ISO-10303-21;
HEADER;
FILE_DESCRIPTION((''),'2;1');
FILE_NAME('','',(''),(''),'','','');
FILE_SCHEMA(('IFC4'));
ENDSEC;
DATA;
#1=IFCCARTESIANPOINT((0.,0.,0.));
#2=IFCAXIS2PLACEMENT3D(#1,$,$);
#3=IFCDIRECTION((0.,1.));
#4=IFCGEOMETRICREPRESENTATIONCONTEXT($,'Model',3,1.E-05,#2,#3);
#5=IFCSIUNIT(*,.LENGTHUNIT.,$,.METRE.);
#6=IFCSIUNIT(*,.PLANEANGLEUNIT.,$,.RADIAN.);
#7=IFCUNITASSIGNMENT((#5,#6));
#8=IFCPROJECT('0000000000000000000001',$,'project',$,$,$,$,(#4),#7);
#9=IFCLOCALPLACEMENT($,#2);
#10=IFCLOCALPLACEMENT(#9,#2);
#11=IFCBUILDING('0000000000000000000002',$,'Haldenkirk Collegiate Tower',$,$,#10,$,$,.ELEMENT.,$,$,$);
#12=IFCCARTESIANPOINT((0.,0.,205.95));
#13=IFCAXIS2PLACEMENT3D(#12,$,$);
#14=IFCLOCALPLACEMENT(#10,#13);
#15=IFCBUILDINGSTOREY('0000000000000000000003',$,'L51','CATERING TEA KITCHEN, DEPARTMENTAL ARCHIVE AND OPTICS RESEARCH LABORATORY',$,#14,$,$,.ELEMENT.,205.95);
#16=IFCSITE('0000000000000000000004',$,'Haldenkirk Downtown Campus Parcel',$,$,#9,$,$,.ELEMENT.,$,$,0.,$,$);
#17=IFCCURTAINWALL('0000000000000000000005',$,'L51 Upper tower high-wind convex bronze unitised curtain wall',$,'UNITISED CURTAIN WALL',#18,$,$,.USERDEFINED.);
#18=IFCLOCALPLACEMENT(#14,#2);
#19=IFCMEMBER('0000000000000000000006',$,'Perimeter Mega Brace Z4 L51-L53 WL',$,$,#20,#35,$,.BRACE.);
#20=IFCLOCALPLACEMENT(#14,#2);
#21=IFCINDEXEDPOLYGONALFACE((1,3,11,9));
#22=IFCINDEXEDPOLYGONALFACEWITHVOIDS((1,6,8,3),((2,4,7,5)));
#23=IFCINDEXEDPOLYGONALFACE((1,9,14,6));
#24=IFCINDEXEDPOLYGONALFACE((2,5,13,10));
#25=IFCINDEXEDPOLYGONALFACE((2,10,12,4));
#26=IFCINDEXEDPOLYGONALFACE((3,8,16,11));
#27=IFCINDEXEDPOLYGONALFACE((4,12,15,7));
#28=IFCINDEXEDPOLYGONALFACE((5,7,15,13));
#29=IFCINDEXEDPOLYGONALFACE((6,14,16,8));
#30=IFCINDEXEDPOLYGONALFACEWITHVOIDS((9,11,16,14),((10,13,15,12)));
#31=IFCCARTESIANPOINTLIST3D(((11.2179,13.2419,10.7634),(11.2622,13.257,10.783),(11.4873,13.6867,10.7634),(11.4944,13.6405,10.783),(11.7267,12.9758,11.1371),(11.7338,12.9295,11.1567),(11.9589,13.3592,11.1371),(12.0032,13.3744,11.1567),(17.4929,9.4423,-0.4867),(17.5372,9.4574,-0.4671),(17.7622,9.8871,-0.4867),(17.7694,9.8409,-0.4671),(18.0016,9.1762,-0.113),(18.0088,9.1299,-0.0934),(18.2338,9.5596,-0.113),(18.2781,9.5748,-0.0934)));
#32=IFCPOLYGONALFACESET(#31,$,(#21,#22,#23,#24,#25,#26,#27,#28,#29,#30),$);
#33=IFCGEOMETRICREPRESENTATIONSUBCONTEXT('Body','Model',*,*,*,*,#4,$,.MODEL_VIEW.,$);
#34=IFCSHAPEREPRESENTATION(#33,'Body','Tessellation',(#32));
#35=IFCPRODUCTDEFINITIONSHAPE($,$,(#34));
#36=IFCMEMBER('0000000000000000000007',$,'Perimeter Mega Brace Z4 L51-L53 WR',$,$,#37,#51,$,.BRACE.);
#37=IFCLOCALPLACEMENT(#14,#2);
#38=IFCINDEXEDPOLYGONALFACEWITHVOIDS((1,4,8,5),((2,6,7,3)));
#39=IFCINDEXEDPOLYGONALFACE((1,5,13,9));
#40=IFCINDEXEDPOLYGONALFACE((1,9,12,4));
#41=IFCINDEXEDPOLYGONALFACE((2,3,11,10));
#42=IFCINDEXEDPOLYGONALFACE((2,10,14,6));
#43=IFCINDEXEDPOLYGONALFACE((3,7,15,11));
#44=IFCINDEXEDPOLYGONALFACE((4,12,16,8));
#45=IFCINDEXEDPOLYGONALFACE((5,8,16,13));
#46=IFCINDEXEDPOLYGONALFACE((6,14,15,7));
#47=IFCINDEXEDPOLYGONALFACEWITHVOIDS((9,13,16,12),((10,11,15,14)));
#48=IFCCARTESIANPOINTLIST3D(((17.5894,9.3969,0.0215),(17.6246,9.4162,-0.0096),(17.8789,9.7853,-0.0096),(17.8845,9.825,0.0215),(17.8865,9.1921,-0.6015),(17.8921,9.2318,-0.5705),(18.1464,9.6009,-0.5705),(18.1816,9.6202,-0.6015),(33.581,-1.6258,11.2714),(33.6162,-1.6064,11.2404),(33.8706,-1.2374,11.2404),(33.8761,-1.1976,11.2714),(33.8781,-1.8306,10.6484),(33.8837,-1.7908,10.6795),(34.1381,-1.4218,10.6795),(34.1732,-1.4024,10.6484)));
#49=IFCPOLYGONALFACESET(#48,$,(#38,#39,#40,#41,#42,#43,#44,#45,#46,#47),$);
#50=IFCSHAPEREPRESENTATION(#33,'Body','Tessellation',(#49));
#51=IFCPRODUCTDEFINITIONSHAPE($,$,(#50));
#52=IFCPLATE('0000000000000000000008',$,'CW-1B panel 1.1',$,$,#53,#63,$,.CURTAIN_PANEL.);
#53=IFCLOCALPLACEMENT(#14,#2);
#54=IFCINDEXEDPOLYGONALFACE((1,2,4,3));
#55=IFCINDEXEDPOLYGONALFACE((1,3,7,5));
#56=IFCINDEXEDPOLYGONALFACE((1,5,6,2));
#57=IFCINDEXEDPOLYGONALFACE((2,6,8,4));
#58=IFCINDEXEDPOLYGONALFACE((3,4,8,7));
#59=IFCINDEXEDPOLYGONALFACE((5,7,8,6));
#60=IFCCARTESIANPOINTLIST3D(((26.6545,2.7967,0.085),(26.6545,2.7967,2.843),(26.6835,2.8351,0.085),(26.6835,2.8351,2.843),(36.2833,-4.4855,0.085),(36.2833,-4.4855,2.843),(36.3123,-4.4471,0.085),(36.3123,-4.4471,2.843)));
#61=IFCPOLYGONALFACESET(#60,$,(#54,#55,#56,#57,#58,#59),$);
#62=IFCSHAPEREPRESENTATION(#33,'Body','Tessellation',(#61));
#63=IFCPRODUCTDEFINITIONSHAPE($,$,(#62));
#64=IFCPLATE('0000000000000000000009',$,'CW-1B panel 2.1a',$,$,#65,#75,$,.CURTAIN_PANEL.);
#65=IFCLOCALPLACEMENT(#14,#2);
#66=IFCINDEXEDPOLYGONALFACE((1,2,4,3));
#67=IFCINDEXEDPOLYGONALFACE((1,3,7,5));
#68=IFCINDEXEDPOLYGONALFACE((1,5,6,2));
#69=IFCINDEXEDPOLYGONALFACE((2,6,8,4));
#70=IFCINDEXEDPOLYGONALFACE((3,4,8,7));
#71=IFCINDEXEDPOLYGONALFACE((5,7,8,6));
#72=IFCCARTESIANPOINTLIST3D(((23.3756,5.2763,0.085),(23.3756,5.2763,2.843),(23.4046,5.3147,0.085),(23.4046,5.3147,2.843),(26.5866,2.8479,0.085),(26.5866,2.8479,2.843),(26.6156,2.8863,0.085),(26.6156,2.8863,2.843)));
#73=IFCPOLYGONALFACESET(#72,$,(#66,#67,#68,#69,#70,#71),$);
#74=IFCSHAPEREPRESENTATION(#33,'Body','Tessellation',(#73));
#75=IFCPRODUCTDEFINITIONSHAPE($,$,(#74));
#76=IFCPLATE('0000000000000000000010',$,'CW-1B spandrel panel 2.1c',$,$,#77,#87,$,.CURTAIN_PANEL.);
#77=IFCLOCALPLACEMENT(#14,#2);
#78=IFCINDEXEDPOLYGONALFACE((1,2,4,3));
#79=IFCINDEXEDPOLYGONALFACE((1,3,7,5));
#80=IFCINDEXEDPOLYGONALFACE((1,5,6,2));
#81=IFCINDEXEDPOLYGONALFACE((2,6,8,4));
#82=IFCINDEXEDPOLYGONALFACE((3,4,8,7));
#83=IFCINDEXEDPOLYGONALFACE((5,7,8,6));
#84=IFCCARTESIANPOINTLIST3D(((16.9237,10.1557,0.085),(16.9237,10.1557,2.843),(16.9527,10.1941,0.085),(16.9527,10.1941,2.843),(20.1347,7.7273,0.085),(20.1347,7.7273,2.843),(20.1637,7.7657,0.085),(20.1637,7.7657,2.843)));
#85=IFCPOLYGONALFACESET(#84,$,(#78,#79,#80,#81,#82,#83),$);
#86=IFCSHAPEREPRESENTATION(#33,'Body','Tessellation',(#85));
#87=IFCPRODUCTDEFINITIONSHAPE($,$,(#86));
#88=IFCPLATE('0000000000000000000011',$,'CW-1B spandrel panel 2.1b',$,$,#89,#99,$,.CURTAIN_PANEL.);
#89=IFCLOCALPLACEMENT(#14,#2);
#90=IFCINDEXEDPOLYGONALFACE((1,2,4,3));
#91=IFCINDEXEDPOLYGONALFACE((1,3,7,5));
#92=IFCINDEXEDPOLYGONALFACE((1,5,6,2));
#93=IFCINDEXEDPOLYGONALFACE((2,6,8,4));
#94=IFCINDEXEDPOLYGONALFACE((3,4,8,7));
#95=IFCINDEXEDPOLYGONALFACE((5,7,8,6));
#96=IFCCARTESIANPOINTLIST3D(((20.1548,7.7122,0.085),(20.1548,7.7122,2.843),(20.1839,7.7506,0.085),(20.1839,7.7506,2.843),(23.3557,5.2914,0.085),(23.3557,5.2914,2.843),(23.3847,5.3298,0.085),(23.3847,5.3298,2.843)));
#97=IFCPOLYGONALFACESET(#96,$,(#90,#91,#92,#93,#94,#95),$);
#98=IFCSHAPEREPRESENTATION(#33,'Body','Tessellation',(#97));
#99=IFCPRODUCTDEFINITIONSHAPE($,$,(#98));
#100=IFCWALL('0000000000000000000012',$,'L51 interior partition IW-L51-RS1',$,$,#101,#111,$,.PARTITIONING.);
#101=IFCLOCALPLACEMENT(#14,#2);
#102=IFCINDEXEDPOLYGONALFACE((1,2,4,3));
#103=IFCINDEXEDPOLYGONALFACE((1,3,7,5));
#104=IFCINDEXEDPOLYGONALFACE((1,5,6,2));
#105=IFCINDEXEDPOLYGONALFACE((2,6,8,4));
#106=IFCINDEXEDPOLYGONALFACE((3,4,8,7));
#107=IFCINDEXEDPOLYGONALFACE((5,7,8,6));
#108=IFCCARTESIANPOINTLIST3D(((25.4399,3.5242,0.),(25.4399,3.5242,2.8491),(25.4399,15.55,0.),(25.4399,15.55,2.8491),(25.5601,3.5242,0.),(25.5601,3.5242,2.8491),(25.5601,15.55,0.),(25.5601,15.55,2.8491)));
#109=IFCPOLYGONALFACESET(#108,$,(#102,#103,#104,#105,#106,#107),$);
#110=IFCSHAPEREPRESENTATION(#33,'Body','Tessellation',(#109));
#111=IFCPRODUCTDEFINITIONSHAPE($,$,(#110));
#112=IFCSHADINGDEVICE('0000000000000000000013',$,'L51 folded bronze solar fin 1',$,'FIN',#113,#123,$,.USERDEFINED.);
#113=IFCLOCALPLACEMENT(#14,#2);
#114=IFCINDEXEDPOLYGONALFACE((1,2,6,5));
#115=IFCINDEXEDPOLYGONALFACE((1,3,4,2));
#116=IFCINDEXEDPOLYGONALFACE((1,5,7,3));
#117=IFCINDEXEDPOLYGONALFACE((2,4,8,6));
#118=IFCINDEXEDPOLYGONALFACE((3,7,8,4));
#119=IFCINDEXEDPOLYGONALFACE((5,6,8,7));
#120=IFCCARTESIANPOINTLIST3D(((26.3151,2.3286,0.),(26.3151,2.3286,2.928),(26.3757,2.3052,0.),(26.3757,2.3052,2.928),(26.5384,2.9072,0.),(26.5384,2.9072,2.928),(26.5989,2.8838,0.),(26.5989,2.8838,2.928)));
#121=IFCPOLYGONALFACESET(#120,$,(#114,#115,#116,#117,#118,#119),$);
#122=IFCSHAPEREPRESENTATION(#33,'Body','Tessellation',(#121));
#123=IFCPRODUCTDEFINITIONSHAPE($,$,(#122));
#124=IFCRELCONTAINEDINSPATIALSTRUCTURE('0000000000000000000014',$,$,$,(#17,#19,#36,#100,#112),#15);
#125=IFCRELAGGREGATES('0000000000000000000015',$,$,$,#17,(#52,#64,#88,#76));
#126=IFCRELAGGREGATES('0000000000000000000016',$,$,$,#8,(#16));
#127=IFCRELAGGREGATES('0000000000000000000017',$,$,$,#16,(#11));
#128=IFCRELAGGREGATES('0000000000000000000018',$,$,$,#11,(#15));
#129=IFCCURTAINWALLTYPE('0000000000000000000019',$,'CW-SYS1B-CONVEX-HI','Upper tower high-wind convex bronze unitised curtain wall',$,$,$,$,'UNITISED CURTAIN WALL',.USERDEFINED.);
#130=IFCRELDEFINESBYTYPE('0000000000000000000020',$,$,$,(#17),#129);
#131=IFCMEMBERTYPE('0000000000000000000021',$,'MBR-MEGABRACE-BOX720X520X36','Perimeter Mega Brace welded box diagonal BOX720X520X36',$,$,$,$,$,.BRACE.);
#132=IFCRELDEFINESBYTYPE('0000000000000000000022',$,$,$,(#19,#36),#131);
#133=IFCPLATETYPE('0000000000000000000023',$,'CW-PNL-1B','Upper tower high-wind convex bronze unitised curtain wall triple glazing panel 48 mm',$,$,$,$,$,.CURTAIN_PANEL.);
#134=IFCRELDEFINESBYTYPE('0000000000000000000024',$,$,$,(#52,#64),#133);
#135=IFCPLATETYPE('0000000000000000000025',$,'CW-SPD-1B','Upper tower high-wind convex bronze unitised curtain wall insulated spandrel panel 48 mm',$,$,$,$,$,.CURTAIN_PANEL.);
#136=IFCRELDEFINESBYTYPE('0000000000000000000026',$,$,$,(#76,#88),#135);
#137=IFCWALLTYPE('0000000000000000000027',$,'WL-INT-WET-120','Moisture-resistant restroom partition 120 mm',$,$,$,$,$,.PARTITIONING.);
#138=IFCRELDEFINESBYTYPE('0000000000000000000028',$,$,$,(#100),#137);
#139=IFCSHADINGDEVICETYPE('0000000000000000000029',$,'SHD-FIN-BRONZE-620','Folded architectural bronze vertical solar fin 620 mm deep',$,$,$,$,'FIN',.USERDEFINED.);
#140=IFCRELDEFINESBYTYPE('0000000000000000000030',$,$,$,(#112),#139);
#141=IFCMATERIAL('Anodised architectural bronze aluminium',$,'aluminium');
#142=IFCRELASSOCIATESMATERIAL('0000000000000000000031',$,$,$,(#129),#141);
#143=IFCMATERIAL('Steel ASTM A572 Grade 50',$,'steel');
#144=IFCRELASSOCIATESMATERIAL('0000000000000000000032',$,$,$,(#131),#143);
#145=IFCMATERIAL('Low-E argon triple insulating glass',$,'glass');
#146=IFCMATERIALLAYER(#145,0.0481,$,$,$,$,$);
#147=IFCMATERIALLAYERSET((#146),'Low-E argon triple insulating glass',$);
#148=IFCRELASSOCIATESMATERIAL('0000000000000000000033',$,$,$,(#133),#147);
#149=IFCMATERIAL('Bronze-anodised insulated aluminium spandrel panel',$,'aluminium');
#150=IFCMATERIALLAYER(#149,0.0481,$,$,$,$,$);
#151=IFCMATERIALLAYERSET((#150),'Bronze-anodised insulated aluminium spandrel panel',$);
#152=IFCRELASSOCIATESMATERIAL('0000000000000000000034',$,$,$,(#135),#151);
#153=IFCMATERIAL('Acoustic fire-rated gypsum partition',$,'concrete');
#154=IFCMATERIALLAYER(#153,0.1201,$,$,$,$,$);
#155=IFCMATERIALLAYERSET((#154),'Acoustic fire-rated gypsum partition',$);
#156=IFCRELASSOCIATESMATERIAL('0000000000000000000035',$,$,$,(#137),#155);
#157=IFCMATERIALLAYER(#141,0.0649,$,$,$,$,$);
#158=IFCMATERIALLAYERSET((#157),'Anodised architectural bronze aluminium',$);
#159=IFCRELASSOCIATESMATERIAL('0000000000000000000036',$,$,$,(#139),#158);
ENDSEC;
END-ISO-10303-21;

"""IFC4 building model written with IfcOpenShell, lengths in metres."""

from ifc_helpers import new_model, si_unit, direction, frame, frame_2d, origin, origin_2d, place, context, subcontext, project, spatial, rectangle, hollow_rectangle, extrude, source, transform, mapped, material, layer, layer_set, material_profile, profile_set, type_object, element, aggregate, save


model = new_model("IFC4")

# Units and contexts
model_context = context("Model", 3, precision=1e-05, world=origin(), true_north=direction((0.0, 1.0)))
body_context = subcontext(model_context, "Body", "Model", "MODEL_VIEW")
ifc_project = project(units=[si_unit("LENGTHUNIT", "METRE"), si_unit("PLANEANGLEUNIT", "RADIAN")], contexts=[model_context])

# Site, building, storey
site_placement = place(None, origin())
site = spatial("IfcSite", under=ifc_project, at=site_placement, Name="Haldenkirk Downtown Campus Parcel", CompositionType="ELEMENT", RefElevation=0.0)
building_placement = place(site_placement, origin())
building = spatial("IfcBuilding", under=site, at=building_placement, Name="Haldenkirk Collegiate Tower", CompositionType="ELEMENT")
storey_placement = place(building_placement, frame((0.0, 0.0, 205.95)))
storey = spatial("IfcBuildingStorey", under=building, at=storey_placement, Name="L51", Description="CATERING TEA KITCHEN, DEPARTMENTAL ARCHIVE AND OPTICS RESEARCH LABORATORY", CompositionType="ELEMENT", Elevation=205.95)

# Curtain wall
ifc_material_1 = material(Name="Anodised architectural bronze aluminium", Category="aluminium")
curtain_wall_type = type_object("IfcCurtainWallType", Name="CW-SYS1B-CONVEX-HI", Description="Upper tower high-wind convex bronze unitised curtain wall", ElementType="UNITISED CURTAIN WALL", PredefinedType="USERDEFINED", material=ifc_material_1)
curtain_wall_placement = place(storey_placement, origin())
curtain_wall = element("IfcCurtainWall", 1, at=curtain_wall_placement, inside=storey, type_object=curtain_wall_type, Name="L51 Upper tower high-wind convex bronze unitised curtain wall", ObjectType="UNITISED CURTAIN WALL", PredefinedType="USERDEFINED")

# Members
ifc_material_2 = material(Name="Steel ASTM A572 Grade 50", Category="steel")
ifc_material_profile_1 = material_profile(ifc_material_2, hollow_rectangle(XDim=0.52, YDim=0.72, WallThickness=0.0359, at=origin_2d()), Name="BOX720X520X36")
ifc_profile_set_1 = profile_set([ifc_material_profile_1], Name="Steel ASTM A572 Grade 50")
member_type_1 = type_object("IfcMemberType", Name="MBR-MEGABRACE-BOX720X520X36", Description="Perimeter Mega Brace welded box diagonal BOX720X520X36", PredefinedType="BRACE", material=ifc_profile_set_1)
member_1_placement = place(storey_placement, frame((17.8855, 9.5085, -0.29), z_axis=(-0.467219, 0.282909, 0.837657), x_axis=(-0.517962, -0.855404, 0.0)))
element("IfcMember", 2, at=member_1_placement, inside=storey, type_object=member_type_1, Name="Perimeter Mega Brace Z4 L51-L53 WL", PredefinedType="BRACE", context=body_context, shape_type="SweptSolid", body=[
    extrude(hollow_rectangle(XDim=0.52, YDim=0.72, WallThickness=0.0359, at=origin_2d()), origin(), (0.0, 0.0, 1.0), 13.4304),
])
member_2_placement = place(storey_placement, frame((17.8855, 9.5085, -0.29), z_axis=(0.71247, -0.491089, 0.501216), x_axis=(0.567522, 0.823358, 0.0)))
element("IfcMember", 3, at=member_2_placement, inside=storey, type_object=member_type_1, Name="Perimeter Mega Brace Z4 L51-L53 WR", PredefinedType="BRACE", context=body_context, shape_type="SweptSolid", body=[
    extrude(hollow_rectangle(XDim=0.52, YDim=0.72, WallThickness=0.0359, at=origin_2d()), origin(), (0.0, 0.0, 1.0), 22.4453),
])

# Plates
ifc_material_3 = material(Name="Low-E argon triple insulating glass", Category="glass")
ifc_layer_1 = layer(ifc_material_3, 0.0481)
ifc_layer_set_1 = layer_set([ifc_layer_1], Name="Low-E argon triple insulating glass")
plate_type_1 = type_object("IfcPlateType", Name="CW-PNL-1B", Description="Upper tower high-wind convex bronze unitised curtain wall triple glazing panel 48 mm", PredefinedType="CURTAIN_PANEL", material=ifc_layer_set_1)
shared_shape_1 = source(origin(), body_context, "Body", "SweptSolid", [
    extrude(rectangle(XDim=12.0725, YDim=0.0481, at=origin_2d()), origin(), (0.0, 0.0, 1.0), 2.7581),
])
plate_1_placement = place(storey_placement, frame((31.4834, -0.8252, 0.085), z_axis=(0.0, 0.0, 1.0), x_axis=(-0.797584, 0.603207, 0.0)))
plate_1 = element("IfcPlate", 4, at=plate_1_placement, type_object=plate_type_1, Name="CW-1B panel 1.1", PredefinedType="CURTAIN_PANEL", context=body_context, shape_type="MappedRepresentation", body=[
    mapped(shared_shape_1, transform((0.0, 0.0, 0.0), x_axis=(1.0, 0.0, 0.0), y_axis=(0.0, 1.0, 0.0), z_axis=(0.0, 0.0, 1.0), scale=1.0)),
])
shared_shape_2 = source(origin(), body_context, "Body", "SweptSolid", [
    extrude(rectangle(XDim=4.0259, YDim=0.0481, at=origin_2d()), origin(), (0.0, 0.0, 1.0), 2.7581),
])
plate_2_placement = place(storey_placement, frame((24.9956, 4.0813, 0.085), z_axis=(0.0, 0.0, 1.0), x_axis=(-0.797584, 0.603207, 0.0)))
plate_2 = element("IfcPlate", 5, at=plate_2_placement, type_object=plate_type_1, Name="CW-1B panel 2.1a", PredefinedType="CURTAIN_PANEL", context=body_context, shape_type="MappedRepresentation", body=[
    mapped(shared_shape_2, transform((0.0, 0.0, 0.0), x_axis=(1.0, 0.0, 0.0), y_axis=(0.0, 1.0, 0.0), z_axis=(0.0, 0.0, 1.0), scale=1.0)),
])
ifc_material_4 = material(Name="Bronze-anodised insulated aluminium spandrel panel", Category="aluminium")
ifc_layer_2 = layer(ifc_material_4, 0.0481)
ifc_layer_set_2 = layer_set([ifc_layer_2], Name="Bronze-anodised insulated aluminium spandrel panel")
plate_type_2 = type_object("IfcPlateType", Name="CW-SPD-1B", Description="Upper tower high-wind convex bronze unitised curtain wall insulated spandrel panel 48 mm", PredefinedType="CURTAIN_PANEL", material=ifc_layer_set_2)
plate_3_placement = place(storey_placement, frame((18.5437, 8.9607, 0.085), z_axis=(0.0, 0.0, 1.0), x_axis=(-0.797584, 0.603207, 0.0)))
plate_3 = element("IfcPlate", 6, at=plate_3_placement, type_object=plate_type_2, Name="CW-1B spandrel panel 2.1c", PredefinedType="CURTAIN_PANEL", context=body_context, shape_type="MappedRepresentation", body=[
    mapped(shared_shape_2, transform((0.0, 0.0, 0.0), x_axis=(1.0, 0.0, 0.0), y_axis=(0.0, 1.0, 0.0), z_axis=(0.0, 0.0, 1.0), scale=1.0)),
])
shared_shape_3 = source(origin(), body_context, "Body", "SweptSolid", [
    extrude(rectangle(XDim=4.0132, YDim=0.0481, at=origin_2d()), origin(), (0.0, 0.0, 1.0), 2.7581),
])
plate_4_placement = place(storey_placement, frame((21.7698, 6.521, 0.085), z_axis=(0.0, 0.0, 1.0), x_axis=(-0.797584, 0.603207, 0.0)))
plate_4 = element("IfcPlate", 7, at=plate_4_placement, type_object=plate_type_2, Name="CW-1B spandrel panel 2.1b", PredefinedType="CURTAIN_PANEL", context=body_context, shape_type="MappedRepresentation", body=[
    mapped(shared_shape_3, transform((0.0, 0.0, 0.0), x_axis=(1.0, 0.0, 0.0), y_axis=(0.0, 1.0, 0.0), z_axis=(0.0, 0.0, 1.0), scale=1.0)),
])
aggregate(curtain_wall, [plate_1, plate_2, plate_4, plate_3])

# Wall
ifc_material_5 = material(Name="Acoustic fire-rated gypsum partition", Category="concrete")
ifc_layer_3 = layer(ifc_material_5, 0.1201)
ifc_layer_set_3 = layer_set([ifc_layer_3], Name="Acoustic fire-rated gypsum partition")
wall_type = type_object("IfcWallType", Name="WL-INT-WET-120", Description="Moisture-resistant restroom partition 120 mm", PredefinedType="PARTITIONING", material=ifc_layer_set_3)
wall_placement = place(storey_placement, frame((25.5, 3.5242, 0.0), z_axis=(0.0, 0.0, 1.0), x_axis=(0.0, 1.0, 0.0)))
element("IfcWall", 8, at=wall_placement, inside=storey, type_object=wall_type, Name="L51 interior partition IW-L51-RS1", PredefinedType="PARTITIONING", context=body_context, shape_type="SweptSolid", body=[
    extrude(rectangle(XDim=12.0259, YDim=0.1201, at=frame_2d((6.0129, 0.0))), origin(), (0.0, 0.0, 1.0), 2.8491),
])

# Shading device
ifc_layer_4 = layer(ifc_material_1, 0.0649)
ifc_layer_set_4 = layer_set([ifc_layer_4], Name="Anodised architectural bronze aluminium")
shading_device_type = type_object("IfcShadingDeviceType", Name="SHD-FIN-BRONZE-620", Description="Folded architectural bronze vertical solar fin 620 mm deep", ElementType="FIN", PredefinedType="USERDEFINED", material=ifc_layer_set_4)
shared_shape_4 = source(origin(), body_context, "Body", "SweptSolid", [
    extrude(rectangle(XDim=0.6201, YDim=0.0649, at=origin_2d()), origin(), (0.0, 0.0, 1.0), 2.928),
])
shading_device_placement = place(storey_placement, frame((26.457, 2.6062, 0.0), z_axis=(0.0, 0.0, 1.0), x_axis=(-0.359997, -0.932954, 0.0)))
element("IfcShadingDevice", 9, at=shading_device_placement, inside=storey, type_object=shading_device_type, Name="L51 folded bronze solar fin 1", ObjectType="FIN", PredefinedType="USERDEFINED", context=body_context, shape_type="MappedRepresentation", body=[
    mapped(shared_shape_4, transform((0.0, 0.0, 0.0), x_axis=(1.0, 0.0, 0.0), y_axis=(0.0, 1.0, 0.0), z_axis=(0.0, 0.0, 1.0), scale=1.0)),
])

save(model, "model.ifc")
